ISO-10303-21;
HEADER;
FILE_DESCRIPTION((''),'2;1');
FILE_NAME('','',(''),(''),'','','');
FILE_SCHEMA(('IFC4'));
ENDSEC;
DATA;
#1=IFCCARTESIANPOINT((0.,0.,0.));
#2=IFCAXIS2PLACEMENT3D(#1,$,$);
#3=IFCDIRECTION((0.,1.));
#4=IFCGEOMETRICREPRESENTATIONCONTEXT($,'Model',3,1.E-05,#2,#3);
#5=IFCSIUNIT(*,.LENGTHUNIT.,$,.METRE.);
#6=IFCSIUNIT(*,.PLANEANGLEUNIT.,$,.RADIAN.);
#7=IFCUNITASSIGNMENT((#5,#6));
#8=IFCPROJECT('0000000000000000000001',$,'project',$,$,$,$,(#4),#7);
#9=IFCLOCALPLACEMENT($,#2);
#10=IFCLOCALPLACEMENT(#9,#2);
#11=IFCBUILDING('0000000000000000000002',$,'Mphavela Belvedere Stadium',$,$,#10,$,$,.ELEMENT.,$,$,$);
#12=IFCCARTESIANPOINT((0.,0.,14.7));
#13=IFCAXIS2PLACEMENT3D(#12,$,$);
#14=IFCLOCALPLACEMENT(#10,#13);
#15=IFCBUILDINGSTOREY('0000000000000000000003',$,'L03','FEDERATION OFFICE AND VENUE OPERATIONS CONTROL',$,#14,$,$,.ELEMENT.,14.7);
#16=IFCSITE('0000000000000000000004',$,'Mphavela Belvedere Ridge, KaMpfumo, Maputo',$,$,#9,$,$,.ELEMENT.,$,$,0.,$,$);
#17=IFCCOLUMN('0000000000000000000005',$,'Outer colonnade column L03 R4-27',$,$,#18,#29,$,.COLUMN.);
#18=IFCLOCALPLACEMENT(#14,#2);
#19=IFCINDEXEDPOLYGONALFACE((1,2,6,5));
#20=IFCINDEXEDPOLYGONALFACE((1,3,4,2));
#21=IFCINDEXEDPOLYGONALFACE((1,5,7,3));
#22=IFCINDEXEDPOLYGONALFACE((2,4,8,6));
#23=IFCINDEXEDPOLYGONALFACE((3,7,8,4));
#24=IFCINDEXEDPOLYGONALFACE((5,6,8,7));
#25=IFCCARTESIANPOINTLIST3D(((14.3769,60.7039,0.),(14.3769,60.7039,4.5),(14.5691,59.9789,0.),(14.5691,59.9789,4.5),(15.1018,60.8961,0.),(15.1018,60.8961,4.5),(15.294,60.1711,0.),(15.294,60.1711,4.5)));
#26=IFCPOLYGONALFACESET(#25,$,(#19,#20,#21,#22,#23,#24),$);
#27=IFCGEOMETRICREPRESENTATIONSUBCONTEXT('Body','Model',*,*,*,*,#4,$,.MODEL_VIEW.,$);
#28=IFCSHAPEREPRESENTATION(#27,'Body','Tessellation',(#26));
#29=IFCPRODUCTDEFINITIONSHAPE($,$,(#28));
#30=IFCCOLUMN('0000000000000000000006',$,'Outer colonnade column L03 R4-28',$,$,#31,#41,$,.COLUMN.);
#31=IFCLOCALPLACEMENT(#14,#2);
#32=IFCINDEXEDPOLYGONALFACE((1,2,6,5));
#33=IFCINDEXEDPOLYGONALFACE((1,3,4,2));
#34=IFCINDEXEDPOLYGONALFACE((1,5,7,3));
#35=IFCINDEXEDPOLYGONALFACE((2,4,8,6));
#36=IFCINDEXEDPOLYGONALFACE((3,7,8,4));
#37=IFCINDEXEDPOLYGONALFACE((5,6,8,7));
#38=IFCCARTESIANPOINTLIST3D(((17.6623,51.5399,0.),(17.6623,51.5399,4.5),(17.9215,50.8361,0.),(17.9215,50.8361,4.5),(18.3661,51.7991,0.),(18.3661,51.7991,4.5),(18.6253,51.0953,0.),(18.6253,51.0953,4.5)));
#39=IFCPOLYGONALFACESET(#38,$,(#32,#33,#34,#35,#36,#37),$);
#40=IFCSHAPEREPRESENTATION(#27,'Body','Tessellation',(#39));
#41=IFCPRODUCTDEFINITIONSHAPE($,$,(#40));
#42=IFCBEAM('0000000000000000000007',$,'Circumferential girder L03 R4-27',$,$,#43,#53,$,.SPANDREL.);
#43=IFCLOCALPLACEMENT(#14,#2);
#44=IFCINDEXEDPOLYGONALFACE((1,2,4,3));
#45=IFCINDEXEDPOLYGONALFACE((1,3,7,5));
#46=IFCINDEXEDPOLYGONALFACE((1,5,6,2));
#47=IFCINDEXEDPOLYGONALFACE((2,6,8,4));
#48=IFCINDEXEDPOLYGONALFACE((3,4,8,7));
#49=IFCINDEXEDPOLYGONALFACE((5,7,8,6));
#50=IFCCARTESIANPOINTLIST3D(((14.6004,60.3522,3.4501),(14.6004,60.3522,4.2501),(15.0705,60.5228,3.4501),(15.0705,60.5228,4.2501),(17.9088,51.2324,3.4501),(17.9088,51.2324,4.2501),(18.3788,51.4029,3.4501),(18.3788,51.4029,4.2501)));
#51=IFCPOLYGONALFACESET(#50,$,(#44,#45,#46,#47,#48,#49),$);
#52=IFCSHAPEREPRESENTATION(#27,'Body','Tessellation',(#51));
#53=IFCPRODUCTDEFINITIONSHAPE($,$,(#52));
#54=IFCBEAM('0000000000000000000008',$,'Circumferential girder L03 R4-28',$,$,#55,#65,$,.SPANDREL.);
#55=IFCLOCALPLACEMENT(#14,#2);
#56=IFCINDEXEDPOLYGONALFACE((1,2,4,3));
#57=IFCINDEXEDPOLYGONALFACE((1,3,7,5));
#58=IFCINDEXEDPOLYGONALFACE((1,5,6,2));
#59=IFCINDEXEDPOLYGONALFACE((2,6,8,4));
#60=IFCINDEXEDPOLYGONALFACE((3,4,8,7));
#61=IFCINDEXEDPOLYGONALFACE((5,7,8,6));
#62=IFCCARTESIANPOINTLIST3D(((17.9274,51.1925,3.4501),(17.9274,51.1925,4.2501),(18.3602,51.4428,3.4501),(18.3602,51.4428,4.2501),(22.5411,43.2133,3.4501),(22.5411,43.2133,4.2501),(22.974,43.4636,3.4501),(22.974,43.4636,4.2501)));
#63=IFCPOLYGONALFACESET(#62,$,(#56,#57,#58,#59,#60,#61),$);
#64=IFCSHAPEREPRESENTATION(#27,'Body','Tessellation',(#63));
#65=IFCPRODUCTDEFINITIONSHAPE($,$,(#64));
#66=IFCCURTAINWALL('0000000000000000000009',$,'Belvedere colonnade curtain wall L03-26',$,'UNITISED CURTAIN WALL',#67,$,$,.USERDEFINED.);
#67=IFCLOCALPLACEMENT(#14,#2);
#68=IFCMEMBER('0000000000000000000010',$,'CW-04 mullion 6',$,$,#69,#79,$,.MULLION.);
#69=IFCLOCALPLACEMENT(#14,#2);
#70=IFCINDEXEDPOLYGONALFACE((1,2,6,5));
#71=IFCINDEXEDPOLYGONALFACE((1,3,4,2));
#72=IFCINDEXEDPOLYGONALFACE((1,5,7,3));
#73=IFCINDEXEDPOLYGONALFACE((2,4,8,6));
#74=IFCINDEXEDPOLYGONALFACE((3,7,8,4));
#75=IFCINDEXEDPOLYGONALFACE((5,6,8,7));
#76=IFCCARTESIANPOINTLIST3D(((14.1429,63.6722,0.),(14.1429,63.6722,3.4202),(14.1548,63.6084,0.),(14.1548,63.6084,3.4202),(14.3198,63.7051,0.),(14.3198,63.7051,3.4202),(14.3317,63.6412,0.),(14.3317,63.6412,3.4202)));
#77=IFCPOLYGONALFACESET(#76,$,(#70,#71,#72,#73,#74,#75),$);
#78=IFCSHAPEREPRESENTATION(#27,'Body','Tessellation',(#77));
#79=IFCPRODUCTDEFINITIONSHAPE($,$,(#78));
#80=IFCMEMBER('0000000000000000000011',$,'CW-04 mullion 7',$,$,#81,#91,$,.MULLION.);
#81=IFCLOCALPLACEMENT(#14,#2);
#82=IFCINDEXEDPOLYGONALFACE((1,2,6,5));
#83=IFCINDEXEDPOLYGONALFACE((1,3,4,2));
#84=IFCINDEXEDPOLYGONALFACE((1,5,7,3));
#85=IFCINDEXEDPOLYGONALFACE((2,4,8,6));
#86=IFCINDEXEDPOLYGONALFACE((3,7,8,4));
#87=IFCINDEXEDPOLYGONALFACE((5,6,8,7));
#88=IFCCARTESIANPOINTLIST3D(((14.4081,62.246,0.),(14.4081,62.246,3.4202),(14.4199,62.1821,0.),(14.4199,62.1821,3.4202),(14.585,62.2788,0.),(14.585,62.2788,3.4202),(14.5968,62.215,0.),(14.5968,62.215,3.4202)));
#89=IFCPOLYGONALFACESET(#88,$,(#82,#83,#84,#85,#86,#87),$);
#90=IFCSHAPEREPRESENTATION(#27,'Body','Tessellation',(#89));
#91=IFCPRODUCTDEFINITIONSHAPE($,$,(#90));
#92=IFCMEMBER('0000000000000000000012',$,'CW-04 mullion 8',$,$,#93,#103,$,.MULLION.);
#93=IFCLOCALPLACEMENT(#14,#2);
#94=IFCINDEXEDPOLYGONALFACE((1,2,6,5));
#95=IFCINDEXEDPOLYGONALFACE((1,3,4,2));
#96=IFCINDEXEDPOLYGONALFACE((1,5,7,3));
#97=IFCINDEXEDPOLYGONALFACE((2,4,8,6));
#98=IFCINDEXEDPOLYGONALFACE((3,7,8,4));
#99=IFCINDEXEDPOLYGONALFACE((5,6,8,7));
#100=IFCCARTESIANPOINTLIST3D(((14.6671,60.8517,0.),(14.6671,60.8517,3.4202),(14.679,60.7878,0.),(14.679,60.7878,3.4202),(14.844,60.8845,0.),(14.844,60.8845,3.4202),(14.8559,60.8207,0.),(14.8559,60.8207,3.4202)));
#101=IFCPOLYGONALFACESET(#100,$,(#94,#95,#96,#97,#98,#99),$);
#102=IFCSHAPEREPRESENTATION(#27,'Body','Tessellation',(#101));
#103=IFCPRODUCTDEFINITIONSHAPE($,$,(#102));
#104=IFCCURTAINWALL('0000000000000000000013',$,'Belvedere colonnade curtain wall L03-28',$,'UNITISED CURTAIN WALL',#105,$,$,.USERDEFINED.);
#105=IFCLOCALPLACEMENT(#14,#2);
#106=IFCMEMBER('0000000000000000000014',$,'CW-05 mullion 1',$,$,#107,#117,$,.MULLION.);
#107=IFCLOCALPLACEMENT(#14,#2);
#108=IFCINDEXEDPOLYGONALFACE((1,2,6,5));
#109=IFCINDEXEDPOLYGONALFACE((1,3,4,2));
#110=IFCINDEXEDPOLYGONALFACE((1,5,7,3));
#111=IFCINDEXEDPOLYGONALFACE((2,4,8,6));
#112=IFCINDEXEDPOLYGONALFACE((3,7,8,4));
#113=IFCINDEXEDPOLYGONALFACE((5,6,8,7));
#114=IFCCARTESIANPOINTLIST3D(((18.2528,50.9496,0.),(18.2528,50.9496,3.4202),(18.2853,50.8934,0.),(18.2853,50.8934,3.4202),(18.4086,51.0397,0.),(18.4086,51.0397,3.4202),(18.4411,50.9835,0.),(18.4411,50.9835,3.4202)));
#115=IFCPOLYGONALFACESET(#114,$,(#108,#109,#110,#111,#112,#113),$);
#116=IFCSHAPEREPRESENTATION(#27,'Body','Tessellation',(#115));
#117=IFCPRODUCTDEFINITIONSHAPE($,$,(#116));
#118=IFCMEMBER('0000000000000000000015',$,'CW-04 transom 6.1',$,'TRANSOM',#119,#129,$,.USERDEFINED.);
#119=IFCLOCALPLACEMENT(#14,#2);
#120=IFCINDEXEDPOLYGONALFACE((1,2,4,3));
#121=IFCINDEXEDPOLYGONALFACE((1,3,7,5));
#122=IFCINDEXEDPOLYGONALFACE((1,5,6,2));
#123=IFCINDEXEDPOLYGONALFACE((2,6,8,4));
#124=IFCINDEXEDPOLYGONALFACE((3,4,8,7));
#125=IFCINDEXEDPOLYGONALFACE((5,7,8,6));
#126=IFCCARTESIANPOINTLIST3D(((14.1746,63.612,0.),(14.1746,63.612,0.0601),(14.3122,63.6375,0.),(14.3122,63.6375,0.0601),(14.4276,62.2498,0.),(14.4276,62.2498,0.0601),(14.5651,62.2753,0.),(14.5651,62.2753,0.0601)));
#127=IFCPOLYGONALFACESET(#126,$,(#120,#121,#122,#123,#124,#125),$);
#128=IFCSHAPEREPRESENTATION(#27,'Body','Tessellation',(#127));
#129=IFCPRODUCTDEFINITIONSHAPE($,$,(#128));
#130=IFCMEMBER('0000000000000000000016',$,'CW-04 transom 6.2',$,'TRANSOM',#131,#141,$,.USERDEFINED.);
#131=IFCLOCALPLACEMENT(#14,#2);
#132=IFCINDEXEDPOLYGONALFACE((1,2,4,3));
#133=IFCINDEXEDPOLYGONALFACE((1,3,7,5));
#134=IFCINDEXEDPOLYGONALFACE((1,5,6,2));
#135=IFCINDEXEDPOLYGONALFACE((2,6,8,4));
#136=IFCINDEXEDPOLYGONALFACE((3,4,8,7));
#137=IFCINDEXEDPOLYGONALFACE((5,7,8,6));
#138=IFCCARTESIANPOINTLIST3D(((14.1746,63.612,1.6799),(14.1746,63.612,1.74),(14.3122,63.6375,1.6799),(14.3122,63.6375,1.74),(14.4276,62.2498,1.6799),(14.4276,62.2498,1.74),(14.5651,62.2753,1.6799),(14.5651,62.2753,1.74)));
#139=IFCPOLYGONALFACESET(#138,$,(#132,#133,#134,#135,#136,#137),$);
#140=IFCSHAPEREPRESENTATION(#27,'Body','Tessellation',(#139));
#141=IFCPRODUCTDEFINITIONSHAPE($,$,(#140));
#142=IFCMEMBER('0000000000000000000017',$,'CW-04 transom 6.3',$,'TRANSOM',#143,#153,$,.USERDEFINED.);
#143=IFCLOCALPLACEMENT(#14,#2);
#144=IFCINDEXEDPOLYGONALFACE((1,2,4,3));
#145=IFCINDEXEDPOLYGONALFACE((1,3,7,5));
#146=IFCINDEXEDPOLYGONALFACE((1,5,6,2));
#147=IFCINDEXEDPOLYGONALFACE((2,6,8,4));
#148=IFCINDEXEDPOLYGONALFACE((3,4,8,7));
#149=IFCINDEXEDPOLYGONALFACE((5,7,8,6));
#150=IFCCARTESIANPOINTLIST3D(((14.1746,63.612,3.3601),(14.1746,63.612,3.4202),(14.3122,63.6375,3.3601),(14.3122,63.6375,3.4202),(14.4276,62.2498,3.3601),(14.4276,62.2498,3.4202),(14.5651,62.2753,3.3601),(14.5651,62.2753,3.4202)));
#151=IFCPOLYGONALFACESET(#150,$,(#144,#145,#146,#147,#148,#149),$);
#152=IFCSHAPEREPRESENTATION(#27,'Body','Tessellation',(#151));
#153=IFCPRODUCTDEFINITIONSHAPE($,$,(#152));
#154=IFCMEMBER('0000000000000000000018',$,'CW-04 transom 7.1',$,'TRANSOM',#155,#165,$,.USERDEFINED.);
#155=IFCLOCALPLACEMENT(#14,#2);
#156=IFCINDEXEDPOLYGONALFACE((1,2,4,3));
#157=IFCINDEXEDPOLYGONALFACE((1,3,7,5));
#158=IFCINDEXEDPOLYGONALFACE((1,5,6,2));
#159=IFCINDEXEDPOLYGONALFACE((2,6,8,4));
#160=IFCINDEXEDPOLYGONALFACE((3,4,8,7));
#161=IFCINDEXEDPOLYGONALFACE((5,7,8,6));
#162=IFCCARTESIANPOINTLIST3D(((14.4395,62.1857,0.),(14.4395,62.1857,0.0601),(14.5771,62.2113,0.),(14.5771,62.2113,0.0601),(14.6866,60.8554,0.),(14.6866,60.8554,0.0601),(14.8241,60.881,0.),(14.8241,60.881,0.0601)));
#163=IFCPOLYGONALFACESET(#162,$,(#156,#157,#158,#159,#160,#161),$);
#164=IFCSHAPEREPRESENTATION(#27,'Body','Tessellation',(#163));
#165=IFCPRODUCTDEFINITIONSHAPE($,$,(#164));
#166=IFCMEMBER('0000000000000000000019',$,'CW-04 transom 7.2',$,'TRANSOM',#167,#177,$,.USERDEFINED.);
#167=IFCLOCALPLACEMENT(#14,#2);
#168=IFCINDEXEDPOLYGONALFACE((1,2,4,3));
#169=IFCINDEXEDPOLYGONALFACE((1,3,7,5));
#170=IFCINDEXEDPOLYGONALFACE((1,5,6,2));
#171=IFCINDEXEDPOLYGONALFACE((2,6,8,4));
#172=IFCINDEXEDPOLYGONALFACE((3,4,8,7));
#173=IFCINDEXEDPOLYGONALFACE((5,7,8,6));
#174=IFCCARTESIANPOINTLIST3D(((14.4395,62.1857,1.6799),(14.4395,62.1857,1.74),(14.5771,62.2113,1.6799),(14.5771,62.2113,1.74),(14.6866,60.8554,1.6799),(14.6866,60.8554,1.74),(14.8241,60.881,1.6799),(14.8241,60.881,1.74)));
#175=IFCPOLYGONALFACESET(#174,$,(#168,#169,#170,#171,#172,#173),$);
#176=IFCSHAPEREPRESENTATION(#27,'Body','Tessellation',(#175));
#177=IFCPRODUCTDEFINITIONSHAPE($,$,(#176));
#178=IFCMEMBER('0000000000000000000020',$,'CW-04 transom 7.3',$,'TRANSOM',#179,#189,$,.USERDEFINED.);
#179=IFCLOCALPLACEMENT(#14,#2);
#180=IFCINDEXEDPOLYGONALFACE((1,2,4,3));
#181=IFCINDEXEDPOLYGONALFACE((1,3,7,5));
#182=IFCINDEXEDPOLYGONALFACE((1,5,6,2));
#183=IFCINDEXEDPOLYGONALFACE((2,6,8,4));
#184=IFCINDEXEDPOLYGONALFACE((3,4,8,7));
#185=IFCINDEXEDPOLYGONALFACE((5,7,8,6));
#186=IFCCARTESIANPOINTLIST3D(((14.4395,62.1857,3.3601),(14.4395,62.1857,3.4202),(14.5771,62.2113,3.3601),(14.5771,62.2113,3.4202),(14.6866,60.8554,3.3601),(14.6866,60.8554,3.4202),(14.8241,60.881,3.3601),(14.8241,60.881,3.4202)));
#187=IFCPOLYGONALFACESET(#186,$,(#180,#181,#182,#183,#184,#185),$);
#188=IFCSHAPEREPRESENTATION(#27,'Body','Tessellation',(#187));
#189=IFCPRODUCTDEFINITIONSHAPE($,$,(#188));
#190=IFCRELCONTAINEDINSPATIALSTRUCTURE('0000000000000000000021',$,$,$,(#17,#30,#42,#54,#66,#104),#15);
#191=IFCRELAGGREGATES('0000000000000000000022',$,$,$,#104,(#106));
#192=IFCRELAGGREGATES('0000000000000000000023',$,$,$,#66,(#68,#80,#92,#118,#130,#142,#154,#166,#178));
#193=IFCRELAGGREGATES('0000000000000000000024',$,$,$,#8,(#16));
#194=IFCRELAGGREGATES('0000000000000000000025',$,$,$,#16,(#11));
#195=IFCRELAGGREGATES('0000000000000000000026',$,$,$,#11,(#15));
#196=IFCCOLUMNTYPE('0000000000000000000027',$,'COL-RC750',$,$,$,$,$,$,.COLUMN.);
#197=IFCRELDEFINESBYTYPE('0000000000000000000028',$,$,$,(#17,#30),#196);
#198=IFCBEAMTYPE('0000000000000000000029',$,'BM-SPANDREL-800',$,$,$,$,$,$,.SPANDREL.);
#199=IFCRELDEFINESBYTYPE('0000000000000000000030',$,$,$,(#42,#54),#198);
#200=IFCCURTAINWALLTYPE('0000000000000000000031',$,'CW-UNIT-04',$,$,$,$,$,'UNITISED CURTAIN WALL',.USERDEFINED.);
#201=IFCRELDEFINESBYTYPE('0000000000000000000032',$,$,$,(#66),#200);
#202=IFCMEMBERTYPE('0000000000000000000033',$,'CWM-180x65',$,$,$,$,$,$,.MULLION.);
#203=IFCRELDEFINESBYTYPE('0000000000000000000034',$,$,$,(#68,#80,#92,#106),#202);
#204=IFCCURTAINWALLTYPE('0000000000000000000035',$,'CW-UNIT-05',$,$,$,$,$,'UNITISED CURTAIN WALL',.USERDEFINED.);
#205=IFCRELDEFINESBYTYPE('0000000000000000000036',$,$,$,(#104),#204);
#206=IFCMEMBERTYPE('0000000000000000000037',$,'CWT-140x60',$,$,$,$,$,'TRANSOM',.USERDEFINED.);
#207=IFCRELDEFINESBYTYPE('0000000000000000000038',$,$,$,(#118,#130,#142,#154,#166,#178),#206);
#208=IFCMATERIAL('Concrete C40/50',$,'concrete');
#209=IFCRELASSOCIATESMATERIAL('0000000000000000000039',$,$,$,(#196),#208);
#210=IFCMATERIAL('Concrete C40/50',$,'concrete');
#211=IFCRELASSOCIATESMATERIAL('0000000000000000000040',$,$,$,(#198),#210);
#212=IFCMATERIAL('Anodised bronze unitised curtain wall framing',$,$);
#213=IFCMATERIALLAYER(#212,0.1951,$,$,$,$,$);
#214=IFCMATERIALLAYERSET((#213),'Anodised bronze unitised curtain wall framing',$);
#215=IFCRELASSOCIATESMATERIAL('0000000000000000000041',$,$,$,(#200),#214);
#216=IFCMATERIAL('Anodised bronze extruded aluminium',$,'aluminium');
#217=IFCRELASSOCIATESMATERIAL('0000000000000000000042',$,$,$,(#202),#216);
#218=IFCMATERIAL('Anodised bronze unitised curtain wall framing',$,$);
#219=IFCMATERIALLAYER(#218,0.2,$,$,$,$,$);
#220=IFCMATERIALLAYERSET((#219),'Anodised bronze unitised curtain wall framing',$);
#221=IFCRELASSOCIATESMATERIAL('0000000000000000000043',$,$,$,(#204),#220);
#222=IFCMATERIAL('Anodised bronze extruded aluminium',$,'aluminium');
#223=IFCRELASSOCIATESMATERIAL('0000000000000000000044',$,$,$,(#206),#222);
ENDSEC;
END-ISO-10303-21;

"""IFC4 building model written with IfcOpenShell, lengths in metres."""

from ifc_helpers import new_model, si_unit, direction, frame, origin, origin_2d, place, context, subcontext, project, spatial, rectangle, extrude, material, layer, layer_set, material_profile, profile_set, type_object, element, aggregate, save


model = new_model("IFC4")

# Units and contexts
model_context = context("Model", 3, precision=1e-05, world=origin(), true_north=direction((0.0, 1.0)))
body_context = subcontext(model_context, "Body", "Model", "MODEL_VIEW")
ifc_project = project(units=[si_unit("LENGTHUNIT", "METRE"), si_unit("PLANEANGLEUNIT", "RADIAN")], contexts=[model_context])

# Site, building, storey
site_placement = place(None, origin())
site = spatial("IfcSite", under=ifc_project, at=site_placement, Name="Mphavela Belvedere Ridge, KaMpfumo, Maputo", CompositionType="ELEMENT", RefElevation=0.0)
building_placement = place(site_placement, origin())
building = spatial("IfcBuilding", under=site, at=building_placement, Name="Mphavela Belvedere Stadium", CompositionType="ELEMENT")
storey_placement = place(building_placement, frame((0.0, 0.0, 14.7)))
storey = spatial("IfcBuildingStorey", under=building, at=storey_placement, Name="L03", Description="FEDERATION OFFICE AND VENUE OPERATIONS CONTROL", CompositionType="ELEMENT", Elevation=14.7)

# Columns
ifc_material_1 = material(Name="Concrete C40/50", Category="concrete")
ifc_material_profile_1 = material_profile(ifc_material_1, rectangle(XDim=0.75, YDim=0.75, at=origin_2d()), Name="RC 750x750")
ifc_profile_set_1 = profile_set([ifc_material_profile_1], Name="Concrete C40/50")
column_type = type_object("IfcColumnType", Name="COL-RC750", PredefinedType="COLUMN", material=ifc_profile_set_1)
for number, where, z_axis, x_axis, name in (
    (1, (14.8354, 60.4375, 0.0), (0.0, 0.0, 1.0), (-0.9666, -0.256289, 0.0), "Outer colonnade column L03 R4-27"),
    (2, (18.1438, 51.3176, 0.0), (0.0, 0.0, 1.0), (-0.938372, -0.345626, 0.0), "Outer colonnade column L03 R4-28"),
):
    element("IfcColumn", number, at=place(storey_placement, frame(where, z_axis=z_axis, x_axis=x_axis)), inside=storey, type_object=column_type, Name=name, PredefinedType="COLUMN", context=body_context, shape_type="SweptSolid", body=[
        extrude(rectangle(XDim=0.75, YDim=0.75, at=origin_2d()), origin(), (0.0, 0.0, 1.0), 4.5),
    ])

# Beams
ifc_material_2 = material(Name="Concrete C40/50", Category="concrete")
ifc_material_profile_2 = material_profile(ifc_material_2, rectangle(XDim=0.5, YDim=0.8, at=origin_2d()), Name="RC 500x800")
ifc_profile_set_2 = profile_set([ifc_material_profile_2], Name="Concrete C40/50")
beam_type = type_object("IfcBeamType", Name="BM-SPANDREL-800", PredefinedType="SPANDREL", material=ifc_profile_set_2)
beam_1_placement = place(storey_placement, frame((14.8354, 60.4375, 3.8501), z_axis=(0.341018, -0.940057, 0.0), x_axis=(0.940057, 0.341018, 0.0)))
element("IfcBeam", 3, at=beam_1_placement, inside=storey, type_object=beam_type, Name="Circumferential girder L03 R4-27", PredefinedType="SPANDREL", context=body_context, shape_type="SweptSolid", body=[
    extrude(rectangle(XDim=0.5, YDim=0.8, at=origin_2d()), origin(), (0.0, 0.0, 1.0), 9.7014),
])
beam_2_placement = place(storey_placement, frame((18.1438, 51.3176, 3.8501), z_axis=(0.500565, -0.865699, 0.0), x_axis=(0.865699, 0.500565, 0.0)))
element("IfcBeam", 4, at=beam_2_placement, inside=storey, type_object=beam_type, Name="Circumferential girder L03 R4-28", PredefinedType="SPANDREL", context=body_context, shape_type="SweptSolid", body=[
    extrude(rectangle(XDim=0.5, YDim=0.8, at=origin_2d()), origin(), (0.0, 0.0, 1.0), 9.217),
])

# Curtain wall, members
ifc_material_3 = material(Name="Anodised bronze unitised curtain wall framing")
ifc_layer_1 = layer(ifc_material_3, 0.1951)
ifc_layer_set_1 = layer_set([ifc_layer_1], Name="Anodised bronze unitised curtain wall framing")
curtain_wall_type_1 = type_object("IfcCurtainWallType", Name="CW-UNIT-04", ElementType="UNITISED CURTAIN WALL", PredefinedType="USERDEFINED", material=ifc_layer_set_1)
curtain_wall_1_placement = place(storey_placement, origin())
curtain_wall_1 = element("IfcCurtainWall", 5, at=curtain_wall_1_placement, inside=storey, type_object=curtain_wall_type_1, Name="Belvedere colonnade curtain wall L03-26", ObjectType="UNITISED CURTAIN WALL", PredefinedType="USERDEFINED")
ifc_material_4 = material(Name="Anodised bronze extruded aluminium", Category="aluminium")
ifc_material_profile_3 = material_profile(ifc_material_4, rectangle(XDim=0.1799, YDim=0.0649, at=origin_2d()), Name="CW-MUL 180x65")
ifc_profile_set_3 = profile_set([ifc_material_profile_3], Name="Anodised bronze extruded aluminium")
member_type_1 = type_object("IfcMemberType", Name="CWM-180x65", PredefinedType="MULLION", material=ifc_profile_set_3)
member_1_placement = place(storey_placement, frame((14.2373, 63.6567, 0.0), z_axis=(0.0, 0.0, 1.0), x_axis=(0.983181, 0.182631, 0.0)))
member_1 = element("IfcMember", 6, at=member_1_placement, type_object=member_type_1, Name="CW-04 mullion 6", PredefinedType="MULLION", context=body_context, shape_type="SweptSolid", body=[
    extrude(rectangle(XDim=0.1799, YDim=0.0649, at=origin_2d()), origin(), (0.0, 0.0, 1.0), 3.4202),
])
member_2_placement = place(storey_placement, frame((14.5024, 62.2305, 0.0), z_axis=(0.0, 0.0, 1.0), x_axis=(0.983181, 0.182631, 0.0)))
member_2 = element("IfcMember", 7, at=member_2_placement, type_object=member_type_1, Name="CW-04 mullion 7", PredefinedType="MULLION", context=body_context, shape_type="SweptSolid", body=[
    extrude(rectangle(XDim=0.1799, YDim=0.0649, at=origin_2d()), origin(), (0.0, 0.0, 1.0), 3.4202),
])
member_3_placement = place(storey_placement, frame((14.7615, 60.8362, 0.0), z_axis=(0.0, 0.0, 1.0), x_axis=(0.983181, 0.182631, 0.0)))
member_3 = element("IfcMember", 8, at=member_3_placement, type_object=member_type_1, Name="CW-04 mullion 8", PredefinedType="MULLION", context=body_context, shape_type="SweptSolid", body=[
    extrude(rectangle(XDim=0.1799, YDim=0.0649, at=origin_2d()), origin(), (0.0, 0.0, 1.0), 3.4202),
])

# Curtain wall, member
ifc_material_5 = material(Name="Anodised bronze unitised curtain wall framing")
ifc_layer_2 = layer(ifc_material_5, 0.2)
ifc_layer_set_2 = layer_set([ifc_layer_2], Name="Anodised bronze unitised curtain wall framing")
curtain_wall_type_2 = type_object("IfcCurtainWallType", Name="CW-UNIT-05", ElementType="UNITISED CURTAIN WALL", PredefinedType="USERDEFINED", material=ifc_layer_set_2)
curtain_wall_2_placement = place(storey_placement, origin())
curtain_wall_2 = element("IfcCurtainWall", 9, at=curtain_wall_2_placement, inside=storey, type_object=curtain_wall_type_2, Name="Belvedere colonnade curtain wall L03-28", ObjectType="UNITISED CURTAIN WALL", PredefinedType="USERDEFINED")
member_4_placement = place(storey_placement, frame((18.3469, 50.9666, 0.0), z_axis=(0.0, 0.0, 1.0), x_axis=(0.865705, 0.500554, 0.0)))
member_4 = element("IfcMember", 10, at=member_4_placement, type_object=member_type_1, Name="CW-05 mullion 1", PredefinedType="MULLION", context=body_context, shape_type="SweptSolid", body=[
    extrude(rectangle(XDim=0.1799, YDim=0.0649, at=origin_2d()), origin(), (0.0, 0.0, 1.0), 3.4202),
])
aggregate(curtain_wall_2, [member_4])

# Members
ifc_material_6 = material(Name="Anodised bronze extruded aluminium", Category="aluminium")
ifc_material_profile_4 = material_profile(ifc_material_6, rectangle(XDim=0.1399, YDim=0.0601, at=origin_2d()), Name="CW-TRN 140x60")
ifc_profile_set_4 = profile_set([ifc_material_profile_4], Name="Anodised bronze extruded aluminium")
member_type_2 = type_object("IfcMemberType", Name="CWT-140x60", ElementType="TRANSOM", PredefinedType="USERDEFINED", material=ifc_profile_set_4)
member_5_placement = place(storey_placement, frame((14.2434, 63.6248, 0.03), z_axis=(0.182544, -0.983198, 0.0), x_axis=(0.983198, 0.182544, 0.0)))
member_5 = element("IfcMember", 11, at=member_5_placement, type_object=member_type_2, Name="CW-04 transom 6.1", ObjectType="TRANSOM", PredefinedType="USERDEFINED", context=body_context, shape_type="SweptSolid", body=[
    extrude(rectangle(XDim=0.1399, YDim=0.0601, at=origin_2d()), origin(), (0.0, 0.0, 1.0), 1.3855),
])
member_6_placement = place(storey_placement, frame((14.2434, 63.6248, 1.71), z_axis=(0.182544, -0.983198, 0.0), x_axis=(0.983198, 0.182544, 0.0)))
member_6 = element("IfcMember", 12, at=member_6_placement, type_object=member_type_2, Name="CW-04 transom 6.2", ObjectType="TRANSOM", PredefinedType="USERDEFINED", context=body_context, shape_type="SweptSolid", body=[
    extrude(rectangle(XDim=0.1399, YDim=0.0601, at=origin_2d()), origin(), (0.0, 0.0, 1.0), 1.3855),
])
member_7_placement = place(storey_placement, frame((14.2434, 63.6248, 3.3901), z_axis=(0.182544, -0.983198, 0.0), x_axis=(0.983198, 0.182544, 0.0)))
member_7 = element("IfcMember", 13, at=member_7_placement, type_object=member_type_2, Name="CW-04 transom 6.3", ObjectType="TRANSOM", PredefinedType="USERDEFINED", context=body_context, shape_type="SweptSolid", body=[
    extrude(rectangle(XDim=0.1399, YDim=0.0601, at=origin_2d()), origin(), (0.0, 0.0, 1.0), 1.3855),
])
member_8_placement = place(storey_placement, frame((14.5083, 62.1985, 0.03), z_axis=(0.1826, -0.983187, 0.0), x_axis=(0.983187, 0.1826, 0.0)))
member_8 = element("IfcMember", 14, at=member_8_placement, type_object=member_type_2, Name="CW-04 transom 7.1", ObjectType="TRANSOM", PredefinedType="USERDEFINED", context=body_context, shape_type="SweptSolid", body=[
    extrude(rectangle(XDim=0.1399, YDim=0.0601, at=origin_2d()), origin(), (0.0, 0.0, 1.0), 1.353),
])
member_9_placement = place(storey_placement, frame((14.5083, 62.1985, 1.71), z_axis=(0.1826, -0.983187, 0.0), x_axis=(0.983187, 0.1826, 0.0)))
member_9 = element("IfcMember", 15, at=member_9_placement, type_object=member_type_2, Name="CW-04 transom 7.2", ObjectType="TRANSOM", PredefinedType="USERDEFINED", context=body_context, shape_type="SweptSolid", body=[
    extrude(rectangle(XDim=0.1399, YDim=0.0601, at=origin_2d()), origin(), (0.0, 0.0, 1.0), 1.353),
])
member_10_placement = place(storey_placement, frame((14.5083, 62.1985, 3.3901), z_axis=(0.1826, -0.983187, 0.0), x_axis=(0.983187, 0.1826, 0.0)))
member_10 = element("IfcMember", 16, at=member_10_placement, type_object=member_type_2, Name="CW-04 transom 7.3", ObjectType="TRANSOM", PredefinedType="USERDEFINED", context=body_context, shape_type="SweptSolid", body=[
    extrude(rectangle(XDim=0.1399, YDim=0.0601, at=origin_2d()), origin(), (0.0, 0.0, 1.0), 1.353),
])

aggregate(curtain_wall_1, [member_1, member_2, member_3, member_5, member_6, member_7, member_8, member_9, member_10])

save(model, "model.ifc")
